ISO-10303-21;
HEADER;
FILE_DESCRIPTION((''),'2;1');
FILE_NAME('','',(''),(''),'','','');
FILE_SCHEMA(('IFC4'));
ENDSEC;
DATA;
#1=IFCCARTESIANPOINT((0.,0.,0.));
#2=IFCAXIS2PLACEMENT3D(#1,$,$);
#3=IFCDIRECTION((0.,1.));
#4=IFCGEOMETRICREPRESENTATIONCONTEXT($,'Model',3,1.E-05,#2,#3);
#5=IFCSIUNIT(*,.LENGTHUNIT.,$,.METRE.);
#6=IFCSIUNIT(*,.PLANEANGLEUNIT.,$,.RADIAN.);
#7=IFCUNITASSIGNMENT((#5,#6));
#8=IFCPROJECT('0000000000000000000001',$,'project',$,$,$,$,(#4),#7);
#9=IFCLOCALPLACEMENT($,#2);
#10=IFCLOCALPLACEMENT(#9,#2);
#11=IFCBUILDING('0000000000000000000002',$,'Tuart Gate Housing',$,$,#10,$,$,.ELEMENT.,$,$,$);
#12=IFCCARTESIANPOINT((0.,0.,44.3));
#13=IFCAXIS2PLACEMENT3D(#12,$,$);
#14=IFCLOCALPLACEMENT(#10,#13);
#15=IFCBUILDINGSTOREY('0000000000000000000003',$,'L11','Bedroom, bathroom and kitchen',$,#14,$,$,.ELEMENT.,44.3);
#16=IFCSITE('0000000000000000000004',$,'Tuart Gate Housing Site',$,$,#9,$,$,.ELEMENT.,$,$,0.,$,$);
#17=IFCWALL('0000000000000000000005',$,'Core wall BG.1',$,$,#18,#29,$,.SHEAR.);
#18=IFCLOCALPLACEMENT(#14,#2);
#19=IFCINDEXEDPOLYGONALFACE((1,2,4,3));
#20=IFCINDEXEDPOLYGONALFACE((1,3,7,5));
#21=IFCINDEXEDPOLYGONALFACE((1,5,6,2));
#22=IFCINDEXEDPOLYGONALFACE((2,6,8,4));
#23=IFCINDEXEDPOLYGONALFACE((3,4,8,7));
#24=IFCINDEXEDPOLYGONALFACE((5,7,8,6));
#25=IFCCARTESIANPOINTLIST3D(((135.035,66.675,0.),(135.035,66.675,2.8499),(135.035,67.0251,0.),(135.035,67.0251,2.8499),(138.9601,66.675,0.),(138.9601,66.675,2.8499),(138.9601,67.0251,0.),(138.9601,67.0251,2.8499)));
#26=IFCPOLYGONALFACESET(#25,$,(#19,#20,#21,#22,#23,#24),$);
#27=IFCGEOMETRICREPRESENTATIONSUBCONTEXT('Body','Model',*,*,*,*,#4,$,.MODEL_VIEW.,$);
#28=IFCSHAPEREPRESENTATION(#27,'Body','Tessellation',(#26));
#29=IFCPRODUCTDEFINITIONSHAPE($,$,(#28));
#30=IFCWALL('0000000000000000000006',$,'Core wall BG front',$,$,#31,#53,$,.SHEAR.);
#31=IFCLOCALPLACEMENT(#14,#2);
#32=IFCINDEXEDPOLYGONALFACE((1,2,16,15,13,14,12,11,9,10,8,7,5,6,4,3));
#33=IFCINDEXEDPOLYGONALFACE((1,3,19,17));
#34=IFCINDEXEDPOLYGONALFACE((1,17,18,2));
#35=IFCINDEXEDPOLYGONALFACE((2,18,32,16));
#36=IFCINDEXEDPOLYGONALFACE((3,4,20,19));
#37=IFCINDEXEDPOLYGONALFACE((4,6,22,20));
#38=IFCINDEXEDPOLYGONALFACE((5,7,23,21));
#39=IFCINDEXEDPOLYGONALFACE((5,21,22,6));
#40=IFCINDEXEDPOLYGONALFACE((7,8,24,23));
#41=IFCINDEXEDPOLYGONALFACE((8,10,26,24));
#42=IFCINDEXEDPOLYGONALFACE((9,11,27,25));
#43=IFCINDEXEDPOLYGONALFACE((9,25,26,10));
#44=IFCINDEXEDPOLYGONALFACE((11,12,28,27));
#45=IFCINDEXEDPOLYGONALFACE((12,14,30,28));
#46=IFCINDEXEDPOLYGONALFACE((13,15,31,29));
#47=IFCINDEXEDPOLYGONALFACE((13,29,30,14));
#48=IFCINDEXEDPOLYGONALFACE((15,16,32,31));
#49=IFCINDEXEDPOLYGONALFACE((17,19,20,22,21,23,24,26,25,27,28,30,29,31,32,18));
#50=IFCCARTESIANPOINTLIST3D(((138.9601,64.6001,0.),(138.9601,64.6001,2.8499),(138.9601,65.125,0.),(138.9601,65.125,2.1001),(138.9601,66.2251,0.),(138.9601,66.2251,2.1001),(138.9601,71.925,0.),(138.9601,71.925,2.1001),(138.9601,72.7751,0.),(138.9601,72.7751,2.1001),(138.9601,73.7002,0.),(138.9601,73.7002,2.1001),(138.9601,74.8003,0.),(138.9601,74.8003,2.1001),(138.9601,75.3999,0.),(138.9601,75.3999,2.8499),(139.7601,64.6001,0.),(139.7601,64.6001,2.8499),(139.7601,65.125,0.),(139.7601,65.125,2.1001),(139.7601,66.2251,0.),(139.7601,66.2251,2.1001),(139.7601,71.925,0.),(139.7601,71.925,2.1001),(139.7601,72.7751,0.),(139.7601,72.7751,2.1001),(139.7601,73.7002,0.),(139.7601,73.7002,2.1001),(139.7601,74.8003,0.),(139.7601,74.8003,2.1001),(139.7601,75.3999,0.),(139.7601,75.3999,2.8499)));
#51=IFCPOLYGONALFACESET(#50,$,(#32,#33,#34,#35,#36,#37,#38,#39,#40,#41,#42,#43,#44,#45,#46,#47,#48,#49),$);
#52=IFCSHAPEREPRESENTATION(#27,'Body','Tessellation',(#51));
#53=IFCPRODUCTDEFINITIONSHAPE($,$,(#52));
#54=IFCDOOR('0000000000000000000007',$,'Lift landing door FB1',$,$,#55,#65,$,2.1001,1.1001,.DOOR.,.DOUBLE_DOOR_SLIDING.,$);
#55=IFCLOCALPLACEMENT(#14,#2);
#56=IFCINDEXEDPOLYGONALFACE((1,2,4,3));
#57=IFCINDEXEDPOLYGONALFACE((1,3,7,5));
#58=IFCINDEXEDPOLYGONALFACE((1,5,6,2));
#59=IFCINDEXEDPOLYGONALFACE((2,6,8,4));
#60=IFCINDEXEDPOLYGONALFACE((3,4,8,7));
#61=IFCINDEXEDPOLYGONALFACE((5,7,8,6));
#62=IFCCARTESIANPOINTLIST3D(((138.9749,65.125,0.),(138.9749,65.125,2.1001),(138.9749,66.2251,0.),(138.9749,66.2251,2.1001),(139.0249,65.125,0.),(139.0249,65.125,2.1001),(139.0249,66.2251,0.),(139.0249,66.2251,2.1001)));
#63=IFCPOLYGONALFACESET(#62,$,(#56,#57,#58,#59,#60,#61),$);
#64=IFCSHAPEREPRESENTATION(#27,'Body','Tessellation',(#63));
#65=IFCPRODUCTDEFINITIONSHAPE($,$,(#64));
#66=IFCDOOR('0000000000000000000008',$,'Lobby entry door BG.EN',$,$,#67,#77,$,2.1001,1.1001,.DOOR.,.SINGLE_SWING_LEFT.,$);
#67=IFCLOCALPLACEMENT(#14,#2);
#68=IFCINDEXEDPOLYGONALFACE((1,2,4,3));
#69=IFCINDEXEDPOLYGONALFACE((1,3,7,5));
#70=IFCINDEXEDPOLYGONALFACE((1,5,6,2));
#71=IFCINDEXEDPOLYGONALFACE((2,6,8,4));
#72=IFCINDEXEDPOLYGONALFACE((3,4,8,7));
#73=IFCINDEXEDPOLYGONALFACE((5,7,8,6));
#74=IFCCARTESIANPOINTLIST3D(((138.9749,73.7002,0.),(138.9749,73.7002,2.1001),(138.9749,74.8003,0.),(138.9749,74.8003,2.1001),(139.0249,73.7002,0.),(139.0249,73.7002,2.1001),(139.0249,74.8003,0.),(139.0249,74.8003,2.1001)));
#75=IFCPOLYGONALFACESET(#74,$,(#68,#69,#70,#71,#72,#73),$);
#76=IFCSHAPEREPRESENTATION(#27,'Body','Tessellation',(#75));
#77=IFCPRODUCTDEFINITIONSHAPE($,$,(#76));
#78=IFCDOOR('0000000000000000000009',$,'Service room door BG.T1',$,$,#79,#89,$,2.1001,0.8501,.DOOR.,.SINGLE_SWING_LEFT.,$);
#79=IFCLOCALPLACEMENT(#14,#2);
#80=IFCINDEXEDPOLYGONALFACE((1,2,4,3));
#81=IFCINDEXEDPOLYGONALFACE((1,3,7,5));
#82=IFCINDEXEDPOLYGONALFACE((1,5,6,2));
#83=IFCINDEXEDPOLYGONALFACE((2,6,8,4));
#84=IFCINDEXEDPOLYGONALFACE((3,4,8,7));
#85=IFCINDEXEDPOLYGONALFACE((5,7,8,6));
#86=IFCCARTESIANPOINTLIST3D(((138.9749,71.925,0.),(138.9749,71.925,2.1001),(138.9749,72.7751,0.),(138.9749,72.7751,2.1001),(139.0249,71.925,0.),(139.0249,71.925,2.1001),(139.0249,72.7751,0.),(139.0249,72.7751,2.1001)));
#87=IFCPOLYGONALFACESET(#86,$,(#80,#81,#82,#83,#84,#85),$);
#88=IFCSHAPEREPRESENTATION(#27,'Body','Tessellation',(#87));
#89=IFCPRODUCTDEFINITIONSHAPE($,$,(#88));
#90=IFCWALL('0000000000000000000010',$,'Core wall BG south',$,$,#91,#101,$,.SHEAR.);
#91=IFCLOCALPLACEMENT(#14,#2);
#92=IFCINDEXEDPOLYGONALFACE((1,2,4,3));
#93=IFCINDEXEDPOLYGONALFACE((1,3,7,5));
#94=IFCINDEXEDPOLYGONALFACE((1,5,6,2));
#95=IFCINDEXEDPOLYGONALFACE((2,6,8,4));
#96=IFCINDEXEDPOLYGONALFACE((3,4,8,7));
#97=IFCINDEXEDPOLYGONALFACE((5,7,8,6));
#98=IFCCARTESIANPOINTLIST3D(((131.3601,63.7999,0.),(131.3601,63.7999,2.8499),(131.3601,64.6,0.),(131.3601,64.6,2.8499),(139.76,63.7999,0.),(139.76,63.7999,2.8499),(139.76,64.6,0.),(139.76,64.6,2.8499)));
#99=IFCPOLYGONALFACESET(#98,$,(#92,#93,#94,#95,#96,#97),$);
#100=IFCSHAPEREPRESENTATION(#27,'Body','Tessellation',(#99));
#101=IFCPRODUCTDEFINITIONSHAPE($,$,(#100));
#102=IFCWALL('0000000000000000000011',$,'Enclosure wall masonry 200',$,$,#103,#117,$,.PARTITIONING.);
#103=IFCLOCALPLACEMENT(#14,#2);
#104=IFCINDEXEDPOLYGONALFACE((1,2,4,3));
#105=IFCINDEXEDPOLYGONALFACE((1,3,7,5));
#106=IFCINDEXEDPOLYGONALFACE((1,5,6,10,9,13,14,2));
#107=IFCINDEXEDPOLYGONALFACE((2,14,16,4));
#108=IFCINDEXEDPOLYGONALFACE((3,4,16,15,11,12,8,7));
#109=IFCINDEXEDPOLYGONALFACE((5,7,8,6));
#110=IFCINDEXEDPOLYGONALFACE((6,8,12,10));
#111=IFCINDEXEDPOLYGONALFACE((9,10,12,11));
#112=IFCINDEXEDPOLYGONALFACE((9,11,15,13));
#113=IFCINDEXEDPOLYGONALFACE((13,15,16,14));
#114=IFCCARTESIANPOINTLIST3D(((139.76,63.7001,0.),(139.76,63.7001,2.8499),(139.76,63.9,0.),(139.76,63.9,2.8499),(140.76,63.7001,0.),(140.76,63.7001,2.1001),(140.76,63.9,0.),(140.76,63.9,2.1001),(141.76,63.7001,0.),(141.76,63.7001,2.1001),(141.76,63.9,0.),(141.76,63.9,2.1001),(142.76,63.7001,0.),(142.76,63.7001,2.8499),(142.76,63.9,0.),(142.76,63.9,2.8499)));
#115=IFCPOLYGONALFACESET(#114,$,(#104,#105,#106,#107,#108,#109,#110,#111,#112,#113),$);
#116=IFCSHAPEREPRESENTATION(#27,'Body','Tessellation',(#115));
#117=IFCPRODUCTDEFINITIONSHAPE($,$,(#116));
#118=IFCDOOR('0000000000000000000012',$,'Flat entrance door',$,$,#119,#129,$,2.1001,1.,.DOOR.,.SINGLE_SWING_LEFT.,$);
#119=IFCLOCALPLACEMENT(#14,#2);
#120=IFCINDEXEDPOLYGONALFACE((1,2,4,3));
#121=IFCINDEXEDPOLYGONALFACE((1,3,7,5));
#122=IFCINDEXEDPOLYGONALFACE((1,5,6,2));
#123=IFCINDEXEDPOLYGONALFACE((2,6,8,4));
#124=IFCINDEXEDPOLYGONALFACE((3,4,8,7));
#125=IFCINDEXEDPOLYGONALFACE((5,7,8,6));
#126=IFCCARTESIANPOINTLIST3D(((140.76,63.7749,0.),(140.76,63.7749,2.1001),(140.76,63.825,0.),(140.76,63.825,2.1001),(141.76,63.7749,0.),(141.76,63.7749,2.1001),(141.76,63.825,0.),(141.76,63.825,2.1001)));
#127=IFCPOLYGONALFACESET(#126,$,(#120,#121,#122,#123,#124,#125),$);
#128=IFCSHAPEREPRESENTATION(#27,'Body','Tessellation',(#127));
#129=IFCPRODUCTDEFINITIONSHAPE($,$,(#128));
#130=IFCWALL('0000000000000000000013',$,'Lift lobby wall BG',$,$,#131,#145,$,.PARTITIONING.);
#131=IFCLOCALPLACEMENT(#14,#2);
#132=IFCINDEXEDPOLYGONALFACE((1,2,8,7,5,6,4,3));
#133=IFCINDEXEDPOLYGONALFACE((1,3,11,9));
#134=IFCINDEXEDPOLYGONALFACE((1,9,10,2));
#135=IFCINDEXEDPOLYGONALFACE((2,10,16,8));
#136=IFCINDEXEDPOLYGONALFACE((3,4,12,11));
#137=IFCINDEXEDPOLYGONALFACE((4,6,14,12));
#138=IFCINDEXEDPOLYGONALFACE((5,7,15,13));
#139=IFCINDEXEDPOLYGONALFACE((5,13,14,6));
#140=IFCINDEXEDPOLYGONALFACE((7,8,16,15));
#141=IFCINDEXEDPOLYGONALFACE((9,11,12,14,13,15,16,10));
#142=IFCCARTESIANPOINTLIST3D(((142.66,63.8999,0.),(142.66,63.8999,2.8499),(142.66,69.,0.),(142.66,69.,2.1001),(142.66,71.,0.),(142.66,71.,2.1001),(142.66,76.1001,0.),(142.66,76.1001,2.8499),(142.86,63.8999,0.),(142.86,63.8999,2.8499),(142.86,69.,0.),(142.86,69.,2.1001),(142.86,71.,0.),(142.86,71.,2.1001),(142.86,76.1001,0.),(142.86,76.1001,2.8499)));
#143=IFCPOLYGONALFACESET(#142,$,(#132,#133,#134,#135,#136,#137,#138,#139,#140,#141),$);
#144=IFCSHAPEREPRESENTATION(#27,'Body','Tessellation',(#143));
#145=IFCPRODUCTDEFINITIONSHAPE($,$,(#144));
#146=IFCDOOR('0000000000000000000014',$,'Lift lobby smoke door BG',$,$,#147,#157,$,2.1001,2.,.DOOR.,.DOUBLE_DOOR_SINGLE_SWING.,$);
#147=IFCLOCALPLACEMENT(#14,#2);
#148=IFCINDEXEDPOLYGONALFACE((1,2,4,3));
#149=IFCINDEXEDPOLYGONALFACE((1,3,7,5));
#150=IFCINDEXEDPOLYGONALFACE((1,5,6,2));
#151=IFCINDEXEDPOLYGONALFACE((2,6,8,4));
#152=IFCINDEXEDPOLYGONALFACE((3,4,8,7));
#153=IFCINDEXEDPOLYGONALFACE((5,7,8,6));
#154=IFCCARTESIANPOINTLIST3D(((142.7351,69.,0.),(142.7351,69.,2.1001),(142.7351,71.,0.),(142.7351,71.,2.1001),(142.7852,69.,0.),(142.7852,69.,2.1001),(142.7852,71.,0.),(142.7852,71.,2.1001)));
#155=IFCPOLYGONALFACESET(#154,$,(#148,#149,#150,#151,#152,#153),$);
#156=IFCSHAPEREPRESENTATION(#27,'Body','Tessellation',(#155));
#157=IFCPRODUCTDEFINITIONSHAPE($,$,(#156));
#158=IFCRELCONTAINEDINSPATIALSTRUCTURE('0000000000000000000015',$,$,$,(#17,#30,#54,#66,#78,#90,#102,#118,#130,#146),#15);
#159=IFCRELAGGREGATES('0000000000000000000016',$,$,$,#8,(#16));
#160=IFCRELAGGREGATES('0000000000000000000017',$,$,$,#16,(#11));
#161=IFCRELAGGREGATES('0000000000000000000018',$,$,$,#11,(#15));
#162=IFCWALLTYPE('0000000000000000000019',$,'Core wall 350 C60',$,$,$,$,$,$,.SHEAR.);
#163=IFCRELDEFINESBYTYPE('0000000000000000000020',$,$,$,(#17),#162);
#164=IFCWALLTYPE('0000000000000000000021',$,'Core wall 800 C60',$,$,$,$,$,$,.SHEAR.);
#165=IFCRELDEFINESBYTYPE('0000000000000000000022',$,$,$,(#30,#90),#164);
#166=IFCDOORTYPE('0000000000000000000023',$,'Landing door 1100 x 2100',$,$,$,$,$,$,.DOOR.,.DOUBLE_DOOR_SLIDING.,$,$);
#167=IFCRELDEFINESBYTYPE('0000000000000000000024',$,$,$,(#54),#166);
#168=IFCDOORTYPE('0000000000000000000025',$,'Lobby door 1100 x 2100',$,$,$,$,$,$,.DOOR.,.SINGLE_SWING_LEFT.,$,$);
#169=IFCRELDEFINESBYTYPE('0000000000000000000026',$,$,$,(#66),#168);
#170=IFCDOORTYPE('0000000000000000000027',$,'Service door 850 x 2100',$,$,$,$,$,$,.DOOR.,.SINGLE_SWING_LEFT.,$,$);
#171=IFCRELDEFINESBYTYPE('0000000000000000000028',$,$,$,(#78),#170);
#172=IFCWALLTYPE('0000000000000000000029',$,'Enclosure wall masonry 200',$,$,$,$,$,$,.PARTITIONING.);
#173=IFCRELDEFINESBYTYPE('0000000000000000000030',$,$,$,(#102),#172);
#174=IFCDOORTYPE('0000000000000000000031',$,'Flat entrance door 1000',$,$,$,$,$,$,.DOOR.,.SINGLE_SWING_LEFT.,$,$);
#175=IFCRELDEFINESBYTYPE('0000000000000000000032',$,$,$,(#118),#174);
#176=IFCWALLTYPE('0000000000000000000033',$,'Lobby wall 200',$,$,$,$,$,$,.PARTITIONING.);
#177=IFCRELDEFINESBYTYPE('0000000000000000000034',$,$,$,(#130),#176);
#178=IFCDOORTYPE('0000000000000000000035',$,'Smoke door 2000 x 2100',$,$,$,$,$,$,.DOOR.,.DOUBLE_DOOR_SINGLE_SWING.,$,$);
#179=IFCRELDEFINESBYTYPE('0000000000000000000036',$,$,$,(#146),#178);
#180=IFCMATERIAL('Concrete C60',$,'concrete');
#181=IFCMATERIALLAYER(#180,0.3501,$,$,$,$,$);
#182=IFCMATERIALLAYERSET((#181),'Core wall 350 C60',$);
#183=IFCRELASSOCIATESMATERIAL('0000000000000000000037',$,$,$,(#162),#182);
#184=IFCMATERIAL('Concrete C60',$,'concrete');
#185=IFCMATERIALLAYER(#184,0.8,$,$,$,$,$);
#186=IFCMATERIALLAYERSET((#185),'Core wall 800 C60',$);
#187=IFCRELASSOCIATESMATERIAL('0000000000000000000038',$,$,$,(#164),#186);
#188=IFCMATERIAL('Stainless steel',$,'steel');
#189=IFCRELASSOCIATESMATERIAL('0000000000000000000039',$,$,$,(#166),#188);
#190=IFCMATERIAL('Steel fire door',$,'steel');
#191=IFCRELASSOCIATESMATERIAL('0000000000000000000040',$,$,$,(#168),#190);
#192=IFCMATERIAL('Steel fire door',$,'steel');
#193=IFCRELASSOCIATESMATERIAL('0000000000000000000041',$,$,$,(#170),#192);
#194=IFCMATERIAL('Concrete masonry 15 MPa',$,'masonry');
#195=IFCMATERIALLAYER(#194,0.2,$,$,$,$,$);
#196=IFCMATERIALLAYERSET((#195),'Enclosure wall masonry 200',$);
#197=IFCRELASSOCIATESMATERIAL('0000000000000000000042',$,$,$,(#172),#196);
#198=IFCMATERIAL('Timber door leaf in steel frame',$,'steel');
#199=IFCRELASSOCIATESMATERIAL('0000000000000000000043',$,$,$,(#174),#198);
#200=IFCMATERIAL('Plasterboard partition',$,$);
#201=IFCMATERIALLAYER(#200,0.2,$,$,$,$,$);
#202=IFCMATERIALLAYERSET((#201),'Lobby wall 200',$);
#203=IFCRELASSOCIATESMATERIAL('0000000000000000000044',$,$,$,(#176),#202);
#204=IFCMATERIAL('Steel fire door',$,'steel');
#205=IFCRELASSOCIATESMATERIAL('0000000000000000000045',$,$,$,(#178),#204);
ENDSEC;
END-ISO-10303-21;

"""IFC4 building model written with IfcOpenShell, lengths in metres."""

from ifc_helpers import new_model, si_unit, direction, frame, frame_2d, origin, place, context, subcontext, project, spatial, rectangle, extrude, material, layer, layer_set, type_object, element, fill, save


model = new_model("IFC4")

# Units and contexts
model_context = context("Model", 3, precision=1e-05, world=origin(), true_north=direction((0.0, 1.0)))
body_context = subcontext(model_context, "Body", "Model", "MODEL_VIEW")
ifc_project = project(units=[si_unit("LENGTHUNIT", "METRE"), si_unit("PLANEANGLEUNIT", "RADIAN")], contexts=[model_context])

# Site, building, storey
site_placement = place(None, origin())
site = spatial("IfcSite", under=ifc_project, at=site_placement, Name="Tuart Gate Housing Site", CompositionType="ELEMENT", RefElevation=0.0)
building_placement = place(site_placement, origin())
building = spatial("IfcBuilding", under=site, at=building_placement, Name="Tuart Gate Housing", CompositionType="ELEMENT")
storey_placement = place(building_placement, frame((0.0, 0.0, 44.3)))
storey = spatial("IfcBuildingStorey", under=building, at=storey_placement, Name="L11", Description="Bedroom, bathroom and kitchen", CompositionType="ELEMENT", Elevation=44.3)

# Wall
ifc_material_1 = material(Name="Concrete C60", Category="concrete")
ifc_layer_1 = layer(ifc_material_1, 0.3501)
ifc_layer_set_1 = layer_set([ifc_layer_1], Name="Core wall 350 C60")
wall_type_1 = type_object("IfcWallType", Name="Core wall 350 C60", PredefinedType="SHEAR", material=ifc_layer_set_1)
wall_1_placement = place(storey_placement, frame((138.96, 66.8501, 0.0), z_axis=(0.0, 0.0, 1.0), x_axis=(-1.0, 0.0, 0.0)))
element("IfcWall", 1, at=wall_1_placement, inside=storey, type_object=wall_type_1, Name="Core wall BG.1", PredefinedType="SHEAR", context=body_context, shape_type="SweptSolid", body=[
    extrude(rectangle(XDim=3.925, YDim=0.3501, at=frame_2d((1.9624, 0.0))), origin(), (0.0, 0.0, 1.0), 2.8499),
])

# Wall, openings, doors
ifc_material_2 = material(Name="Concrete C60", Category="concrete")
ifc_layer_2 = layer(ifc_material_2, 0.8)
ifc_layer_set_2 = layer_set([ifc_layer_2], Name="Core wall 800 C60")
wall_type_2 = type_object("IfcWallType", Name="Core wall 800 C60", PredefinedType="SHEAR", material=ifc_layer_set_2)
wall_2_placement = place(storey_placement, frame((139.3601, 64.6001, 0.0), z_axis=(0.0, 0.0, 1.0), x_axis=(0.0, 1.0, 0.0)))
wall_2 = element("IfcWall", 2, at=wall_2_placement, inside=storey, type_object=wall_type_2, Name="Core wall BG front", PredefinedType="SHEAR", context=body_context, shape_type="SweptSolid", body=[
    extrude(rectangle(XDim=10.7998, YDim=0.8, at=frame_2d((5.3999, 0.0))), origin(), (0.0, 0.0, 1.0), 2.8499),
])
opening_1_placement = place(wall_2_placement, frame((0.5249, 0.0, 0.0)))
opening_1 = element("IfcOpeningElement", 3, at=opening_1_placement, cuts=wall_2, PredefinedType="OPENING", context=body_context, shape_type="SweptSolid", body=[
    extrude(rectangle(XDim=1.1001, YDim=2.1001, at=frame_2d((0.55, 1.05))), frame((0.0, 0.4099, 0.0), z_axis=(0.0, -1.0, 0.0), x_axis=(1.0, 0.0, 0.0)), (0.0, 0.0, 1.0), 0.8201),
])
opening_2_placement = place(wall_2_placement, frame((9.1001, 0.0, 0.0)))
opening_2 = element("IfcOpeningElement", 4, at=opening_2_placement, cuts=wall_2, PredefinedType="OPENING", context=body_context, shape_type="SweptSolid", body=[
    extrude(rectangle(XDim=1.1001, YDim=2.1001, at=frame_2d((0.55, 1.05))), frame((0.0, 0.4099, 0.0), z_axis=(0.0, -1.0, 0.0), x_axis=(1.0, 0.0, 0.0)), (0.0, 0.0, 1.0), 0.8201),
])
opening_3_placement = place(wall_2_placement, frame((7.325, 0.0, 0.0)))
opening_3 = element("IfcOpeningElement", 5, at=opening_3_placement, cuts=wall_2, PredefinedType="OPENING", context=body_context, shape_type="SweptSolid", body=[
    extrude(rectangle(XDim=0.8501, YDim=2.1001, at=frame_2d((0.425, 1.05))), frame((0.0, 0.4099, 0.0), z_axis=(0.0, -1.0, 0.0), x_axis=(1.0, 0.0, 0.0)), (0.0, 0.0, 1.0), 0.8201),
])
ifc_material_3 = material(Name="Stainless steel", Category="steel")
door_type_1 = type_object("IfcDoorType", Name="Landing door 1100 x 2100", OperationType="DOUBLE_DOOR_SLIDING", PredefinedType="DOOR", material=ifc_material_3)
door_1_placement = place(opening_1_placement, origin())
door_1 = element("IfcDoor", 6, at=door_1_placement, inside=storey, type_object=door_type_1, Name="Lift landing door FB1", OperationType="DOUBLE_DOOR_SLIDING", OverallHeight=2.1001, OverallWidth=1.1001, PredefinedType="DOOR", context=body_context, shape_type="SweptSolid", body=[
    extrude(rectangle(XDim=1.1001, YDim=2.1001, at=frame_2d((0.55, 1.05))), frame((0.0, 0.3853, 0.0), z_axis=(0.0, -1.0, 0.0), x_axis=(1.0, 0.0, 0.0)), (0.0, 0.0, 1.0), 0.05),
])
fill(opening_1, door_1)
ifc_material_4 = material(Name="Steel fire door", Category="steel")
door_type_2 = type_object("IfcDoorType", Name="Lobby door 1100 x 2100", OperationType="SINGLE_SWING_LEFT", PredefinedType="DOOR", material=ifc_material_4)
door_2_placement = place(opening_2_placement, origin())
door_2 = element("IfcDoor", 7, at=door_2_placement, inside=storey, type_object=door_type_2, Name="Lobby entry door BG.EN", OperationType="SINGLE_SWING_LEFT", OverallHeight=2.1001, OverallWidth=1.1001, PredefinedType="DOOR", context=body_context, shape_type="SweptSolid", body=[
    extrude(rectangle(XDim=1.1001, YDim=2.1001, at=frame_2d((0.55, 1.05))), frame((0.0, 0.3853, 0.0), z_axis=(0.0, -1.0, 0.0), x_axis=(1.0, 0.0, 0.0)), (0.0, 0.0, 1.0), 0.05),
])
fill(opening_2, door_2)
ifc_material_5 = material(Name="Steel fire door", Category="steel")
door_type_3 = type_object("IfcDoorType", Name="Service door 850 x 2100", OperationType="SINGLE_SWING_LEFT", PredefinedType="DOOR", material=ifc_material_5)
door_3_placement = place(opening_3_placement, origin())
door_3 = element("IfcDoor", 8, at=door_3_placement, inside=storey, type_object=door_type_3, Name="Service room door BG.T1", OperationType="SINGLE_SWING_LEFT", OverallHeight=2.1001, OverallWidth=0.8501, PredefinedType="DOOR", context=body_context, shape_type="SweptSolid", body=[
    extrude(rectangle(XDim=0.8501, YDim=2.1001, at=frame_2d((0.425, 1.05))), frame((0.0, 0.3853, 0.0), z_axis=(0.0, -1.0, 0.0), x_axis=(1.0, 0.0, 0.0)), (0.0, 0.0, 1.0), 0.05),
])
fill(opening_3, door_3)

# Wall
wall_3_placement = place(storey_placement, frame((139.76, 64.2, 0.0), z_axis=(0.0, 0.0, 1.0), x_axis=(-1.0, 0.0, 0.0)))
element("IfcWall", 9, at=wall_3_placement, inside=storey, type_object=wall_type_2, Name="Core wall BG south", PredefinedType="SHEAR", context=body_context, shape_type="SweptSolid", body=[
    extrude(rectangle(XDim=8.3999, YDim=0.8, at=frame_2d((4.2, 0.0))), origin(), (0.0, 0.0, 1.0), 2.8499),
])

# Walls, openings, doors
ifc_material_6 = material(Name="Concrete masonry 15 MPa", Category="masonry")
ifc_layer_3 = layer(ifc_material_6, 0.2)
ifc_layer_set_3 = layer_set([ifc_layer_3], Name="Enclosure wall masonry 200")
wall_type_3 = type_object("IfcWallType", Name="Enclosure wall masonry 200", PredefinedType="PARTITIONING", material=ifc_layer_set_3)
wall_4_placement = place(storey_placement, frame((139.76, 63.8, 0.0), z_axis=(0.0, 0.0, 1.0), x_axis=(1.0, 0.0, 0.0)))
wall_4 = element("IfcWall", 10, at=wall_4_placement, inside=storey, type_object=wall_type_3, Name="Enclosure wall masonry 200", PredefinedType="PARTITIONING", context=body_context, shape_type="SweptSolid", body=[
    extrude(rectangle(XDim=3.0, YDim=0.2, at=frame_2d((1.5, 0.0))), origin(), (0.0, 0.0, 1.0), 2.8499),
])
opening_4_placement = place(wall_4_placement, frame((1.0, 0.0, 0.0)))
opening_4 = element("IfcOpeningElement", 11, at=opening_4_placement, cuts=wall_4, PredefinedType="OPENING", context=body_context, shape_type="SweptSolid", body=[
    extrude(rectangle(XDim=1.0, YDim=2.1001, at=frame_2d((0.5, 1.05))), frame((0.0, 0.1099, 0.0), z_axis=(0.0, -1.0, 0.0), x_axis=(1.0, 0.0, 0.0)), (0.0, 0.0, 1.0), 0.22),
])
ifc_material_7 = material(Name="Timber door leaf in steel frame", Category="steel")
door_type_4 = type_object("IfcDoorType", Name="Flat entrance door 1000", OperationType="SINGLE_SWING_LEFT", PredefinedType="DOOR", material=ifc_material_7)
door_4_placement = place(opening_4_placement, frame((1.0, 0.0, 0.0), z_axis=(0.0, 0.0, 1.0), x_axis=(-1.0, 0.0, 0.0)))
door_4 = element("IfcDoor", 12, at=door_4_placement, inside=storey, type_object=door_type_4, Name="Flat entrance door", OperationType="SINGLE_SWING_LEFT", OverallHeight=2.1001, OverallWidth=1.0, PredefinedType="DOOR", context=body_context, shape_type="SweptSolid", body=[
    extrude(rectangle(XDim=1.0, YDim=2.1001, at=frame_2d((0.5, 1.05))), frame((0.0, 0.0251, 0.0), z_axis=(0.0, -1.0, 0.0), x_axis=(1.0, 0.0, 0.0)), (0.0, 0.0, 1.0), 0.05),
])
fill(opening_4, door_4)
ifc_material_8 = material(Name="Plasterboard partition")
ifc_layer_4 = layer(ifc_material_8, 0.2)
ifc_layer_set_4 = layer_set([ifc_layer_4], Name="Lobby wall 200")
wall_type_4 = type_object("IfcWallType", Name="Lobby wall 200", PredefinedType="PARTITIONING", material=ifc_layer_set_4)
wall_5_placement = place(storey_placement, frame((142.76, 63.8999, 0.0), z_axis=(0.0, 0.0, 1.0), x_axis=(0.0, 1.0, 0.0)))
wall_5 = element("IfcWall", 13, at=wall_5_placement, inside=storey, type_object=wall_type_4, Name="Lift lobby wall BG", PredefinedType="PARTITIONING", context=body_context, shape_type="SweptSolid", body=[
    extrude(rectangle(XDim=12.2002, YDim=0.2, at=frame_2d((6.1001, 0.0))), origin(), (0.0, 0.0, 1.0), 2.8499),
])
opening_5_placement = place(wall_5_placement, frame((5.1001, 0.0, 0.0)))
opening_5 = element("IfcOpeningElement", 14, at=opening_5_placement, cuts=wall_5, PredefinedType="OPENING", context=body_context, shape_type="SweptSolid", body=[
    extrude(rectangle(XDim=2.0, YDim=2.1001, at=frame_2d((1.0, 1.05))), frame((0.0, 0.1099, 0.0), z_axis=(0.0, -1.0, 0.0), x_axis=(1.0, 0.0, 0.0)), (0.0, 0.0, 1.0), 0.22),
])
ifc_material_9 = material(Name="Steel fire door", Category="steel")
door_type_5 = type_object("IfcDoorType", Name="Smoke door 2000 x 2100", OperationType="DOUBLE_DOOR_SINGLE_SWING", PredefinedType="DOOR", material=ifc_material_9)
door_5_placement = place(opening_5_placement, origin())
door_5 = element("IfcDoor", 15, at=door_5_placement, inside=storey, type_object=door_type_5, Name="Lift lobby smoke door BG", OperationType="DOUBLE_DOOR_SINGLE_SWING", OverallHeight=2.1001, OverallWidth=2.0, PredefinedType="DOOR", context=body_context, shape_type="SweptSolid", body=[
    extrude(rectangle(XDim=2.0, YDim=2.1001, at=frame_2d((1.0, 1.05))), frame((0.0, 0.0249, 0.0), z_axis=(0.0, -1.0, 0.0), x_axis=(1.0, 0.0, 0.0)), (0.0, 0.0, 1.0), 0.05),
])
fill(opening_5, door_5)

save(model, "model.ifc")
